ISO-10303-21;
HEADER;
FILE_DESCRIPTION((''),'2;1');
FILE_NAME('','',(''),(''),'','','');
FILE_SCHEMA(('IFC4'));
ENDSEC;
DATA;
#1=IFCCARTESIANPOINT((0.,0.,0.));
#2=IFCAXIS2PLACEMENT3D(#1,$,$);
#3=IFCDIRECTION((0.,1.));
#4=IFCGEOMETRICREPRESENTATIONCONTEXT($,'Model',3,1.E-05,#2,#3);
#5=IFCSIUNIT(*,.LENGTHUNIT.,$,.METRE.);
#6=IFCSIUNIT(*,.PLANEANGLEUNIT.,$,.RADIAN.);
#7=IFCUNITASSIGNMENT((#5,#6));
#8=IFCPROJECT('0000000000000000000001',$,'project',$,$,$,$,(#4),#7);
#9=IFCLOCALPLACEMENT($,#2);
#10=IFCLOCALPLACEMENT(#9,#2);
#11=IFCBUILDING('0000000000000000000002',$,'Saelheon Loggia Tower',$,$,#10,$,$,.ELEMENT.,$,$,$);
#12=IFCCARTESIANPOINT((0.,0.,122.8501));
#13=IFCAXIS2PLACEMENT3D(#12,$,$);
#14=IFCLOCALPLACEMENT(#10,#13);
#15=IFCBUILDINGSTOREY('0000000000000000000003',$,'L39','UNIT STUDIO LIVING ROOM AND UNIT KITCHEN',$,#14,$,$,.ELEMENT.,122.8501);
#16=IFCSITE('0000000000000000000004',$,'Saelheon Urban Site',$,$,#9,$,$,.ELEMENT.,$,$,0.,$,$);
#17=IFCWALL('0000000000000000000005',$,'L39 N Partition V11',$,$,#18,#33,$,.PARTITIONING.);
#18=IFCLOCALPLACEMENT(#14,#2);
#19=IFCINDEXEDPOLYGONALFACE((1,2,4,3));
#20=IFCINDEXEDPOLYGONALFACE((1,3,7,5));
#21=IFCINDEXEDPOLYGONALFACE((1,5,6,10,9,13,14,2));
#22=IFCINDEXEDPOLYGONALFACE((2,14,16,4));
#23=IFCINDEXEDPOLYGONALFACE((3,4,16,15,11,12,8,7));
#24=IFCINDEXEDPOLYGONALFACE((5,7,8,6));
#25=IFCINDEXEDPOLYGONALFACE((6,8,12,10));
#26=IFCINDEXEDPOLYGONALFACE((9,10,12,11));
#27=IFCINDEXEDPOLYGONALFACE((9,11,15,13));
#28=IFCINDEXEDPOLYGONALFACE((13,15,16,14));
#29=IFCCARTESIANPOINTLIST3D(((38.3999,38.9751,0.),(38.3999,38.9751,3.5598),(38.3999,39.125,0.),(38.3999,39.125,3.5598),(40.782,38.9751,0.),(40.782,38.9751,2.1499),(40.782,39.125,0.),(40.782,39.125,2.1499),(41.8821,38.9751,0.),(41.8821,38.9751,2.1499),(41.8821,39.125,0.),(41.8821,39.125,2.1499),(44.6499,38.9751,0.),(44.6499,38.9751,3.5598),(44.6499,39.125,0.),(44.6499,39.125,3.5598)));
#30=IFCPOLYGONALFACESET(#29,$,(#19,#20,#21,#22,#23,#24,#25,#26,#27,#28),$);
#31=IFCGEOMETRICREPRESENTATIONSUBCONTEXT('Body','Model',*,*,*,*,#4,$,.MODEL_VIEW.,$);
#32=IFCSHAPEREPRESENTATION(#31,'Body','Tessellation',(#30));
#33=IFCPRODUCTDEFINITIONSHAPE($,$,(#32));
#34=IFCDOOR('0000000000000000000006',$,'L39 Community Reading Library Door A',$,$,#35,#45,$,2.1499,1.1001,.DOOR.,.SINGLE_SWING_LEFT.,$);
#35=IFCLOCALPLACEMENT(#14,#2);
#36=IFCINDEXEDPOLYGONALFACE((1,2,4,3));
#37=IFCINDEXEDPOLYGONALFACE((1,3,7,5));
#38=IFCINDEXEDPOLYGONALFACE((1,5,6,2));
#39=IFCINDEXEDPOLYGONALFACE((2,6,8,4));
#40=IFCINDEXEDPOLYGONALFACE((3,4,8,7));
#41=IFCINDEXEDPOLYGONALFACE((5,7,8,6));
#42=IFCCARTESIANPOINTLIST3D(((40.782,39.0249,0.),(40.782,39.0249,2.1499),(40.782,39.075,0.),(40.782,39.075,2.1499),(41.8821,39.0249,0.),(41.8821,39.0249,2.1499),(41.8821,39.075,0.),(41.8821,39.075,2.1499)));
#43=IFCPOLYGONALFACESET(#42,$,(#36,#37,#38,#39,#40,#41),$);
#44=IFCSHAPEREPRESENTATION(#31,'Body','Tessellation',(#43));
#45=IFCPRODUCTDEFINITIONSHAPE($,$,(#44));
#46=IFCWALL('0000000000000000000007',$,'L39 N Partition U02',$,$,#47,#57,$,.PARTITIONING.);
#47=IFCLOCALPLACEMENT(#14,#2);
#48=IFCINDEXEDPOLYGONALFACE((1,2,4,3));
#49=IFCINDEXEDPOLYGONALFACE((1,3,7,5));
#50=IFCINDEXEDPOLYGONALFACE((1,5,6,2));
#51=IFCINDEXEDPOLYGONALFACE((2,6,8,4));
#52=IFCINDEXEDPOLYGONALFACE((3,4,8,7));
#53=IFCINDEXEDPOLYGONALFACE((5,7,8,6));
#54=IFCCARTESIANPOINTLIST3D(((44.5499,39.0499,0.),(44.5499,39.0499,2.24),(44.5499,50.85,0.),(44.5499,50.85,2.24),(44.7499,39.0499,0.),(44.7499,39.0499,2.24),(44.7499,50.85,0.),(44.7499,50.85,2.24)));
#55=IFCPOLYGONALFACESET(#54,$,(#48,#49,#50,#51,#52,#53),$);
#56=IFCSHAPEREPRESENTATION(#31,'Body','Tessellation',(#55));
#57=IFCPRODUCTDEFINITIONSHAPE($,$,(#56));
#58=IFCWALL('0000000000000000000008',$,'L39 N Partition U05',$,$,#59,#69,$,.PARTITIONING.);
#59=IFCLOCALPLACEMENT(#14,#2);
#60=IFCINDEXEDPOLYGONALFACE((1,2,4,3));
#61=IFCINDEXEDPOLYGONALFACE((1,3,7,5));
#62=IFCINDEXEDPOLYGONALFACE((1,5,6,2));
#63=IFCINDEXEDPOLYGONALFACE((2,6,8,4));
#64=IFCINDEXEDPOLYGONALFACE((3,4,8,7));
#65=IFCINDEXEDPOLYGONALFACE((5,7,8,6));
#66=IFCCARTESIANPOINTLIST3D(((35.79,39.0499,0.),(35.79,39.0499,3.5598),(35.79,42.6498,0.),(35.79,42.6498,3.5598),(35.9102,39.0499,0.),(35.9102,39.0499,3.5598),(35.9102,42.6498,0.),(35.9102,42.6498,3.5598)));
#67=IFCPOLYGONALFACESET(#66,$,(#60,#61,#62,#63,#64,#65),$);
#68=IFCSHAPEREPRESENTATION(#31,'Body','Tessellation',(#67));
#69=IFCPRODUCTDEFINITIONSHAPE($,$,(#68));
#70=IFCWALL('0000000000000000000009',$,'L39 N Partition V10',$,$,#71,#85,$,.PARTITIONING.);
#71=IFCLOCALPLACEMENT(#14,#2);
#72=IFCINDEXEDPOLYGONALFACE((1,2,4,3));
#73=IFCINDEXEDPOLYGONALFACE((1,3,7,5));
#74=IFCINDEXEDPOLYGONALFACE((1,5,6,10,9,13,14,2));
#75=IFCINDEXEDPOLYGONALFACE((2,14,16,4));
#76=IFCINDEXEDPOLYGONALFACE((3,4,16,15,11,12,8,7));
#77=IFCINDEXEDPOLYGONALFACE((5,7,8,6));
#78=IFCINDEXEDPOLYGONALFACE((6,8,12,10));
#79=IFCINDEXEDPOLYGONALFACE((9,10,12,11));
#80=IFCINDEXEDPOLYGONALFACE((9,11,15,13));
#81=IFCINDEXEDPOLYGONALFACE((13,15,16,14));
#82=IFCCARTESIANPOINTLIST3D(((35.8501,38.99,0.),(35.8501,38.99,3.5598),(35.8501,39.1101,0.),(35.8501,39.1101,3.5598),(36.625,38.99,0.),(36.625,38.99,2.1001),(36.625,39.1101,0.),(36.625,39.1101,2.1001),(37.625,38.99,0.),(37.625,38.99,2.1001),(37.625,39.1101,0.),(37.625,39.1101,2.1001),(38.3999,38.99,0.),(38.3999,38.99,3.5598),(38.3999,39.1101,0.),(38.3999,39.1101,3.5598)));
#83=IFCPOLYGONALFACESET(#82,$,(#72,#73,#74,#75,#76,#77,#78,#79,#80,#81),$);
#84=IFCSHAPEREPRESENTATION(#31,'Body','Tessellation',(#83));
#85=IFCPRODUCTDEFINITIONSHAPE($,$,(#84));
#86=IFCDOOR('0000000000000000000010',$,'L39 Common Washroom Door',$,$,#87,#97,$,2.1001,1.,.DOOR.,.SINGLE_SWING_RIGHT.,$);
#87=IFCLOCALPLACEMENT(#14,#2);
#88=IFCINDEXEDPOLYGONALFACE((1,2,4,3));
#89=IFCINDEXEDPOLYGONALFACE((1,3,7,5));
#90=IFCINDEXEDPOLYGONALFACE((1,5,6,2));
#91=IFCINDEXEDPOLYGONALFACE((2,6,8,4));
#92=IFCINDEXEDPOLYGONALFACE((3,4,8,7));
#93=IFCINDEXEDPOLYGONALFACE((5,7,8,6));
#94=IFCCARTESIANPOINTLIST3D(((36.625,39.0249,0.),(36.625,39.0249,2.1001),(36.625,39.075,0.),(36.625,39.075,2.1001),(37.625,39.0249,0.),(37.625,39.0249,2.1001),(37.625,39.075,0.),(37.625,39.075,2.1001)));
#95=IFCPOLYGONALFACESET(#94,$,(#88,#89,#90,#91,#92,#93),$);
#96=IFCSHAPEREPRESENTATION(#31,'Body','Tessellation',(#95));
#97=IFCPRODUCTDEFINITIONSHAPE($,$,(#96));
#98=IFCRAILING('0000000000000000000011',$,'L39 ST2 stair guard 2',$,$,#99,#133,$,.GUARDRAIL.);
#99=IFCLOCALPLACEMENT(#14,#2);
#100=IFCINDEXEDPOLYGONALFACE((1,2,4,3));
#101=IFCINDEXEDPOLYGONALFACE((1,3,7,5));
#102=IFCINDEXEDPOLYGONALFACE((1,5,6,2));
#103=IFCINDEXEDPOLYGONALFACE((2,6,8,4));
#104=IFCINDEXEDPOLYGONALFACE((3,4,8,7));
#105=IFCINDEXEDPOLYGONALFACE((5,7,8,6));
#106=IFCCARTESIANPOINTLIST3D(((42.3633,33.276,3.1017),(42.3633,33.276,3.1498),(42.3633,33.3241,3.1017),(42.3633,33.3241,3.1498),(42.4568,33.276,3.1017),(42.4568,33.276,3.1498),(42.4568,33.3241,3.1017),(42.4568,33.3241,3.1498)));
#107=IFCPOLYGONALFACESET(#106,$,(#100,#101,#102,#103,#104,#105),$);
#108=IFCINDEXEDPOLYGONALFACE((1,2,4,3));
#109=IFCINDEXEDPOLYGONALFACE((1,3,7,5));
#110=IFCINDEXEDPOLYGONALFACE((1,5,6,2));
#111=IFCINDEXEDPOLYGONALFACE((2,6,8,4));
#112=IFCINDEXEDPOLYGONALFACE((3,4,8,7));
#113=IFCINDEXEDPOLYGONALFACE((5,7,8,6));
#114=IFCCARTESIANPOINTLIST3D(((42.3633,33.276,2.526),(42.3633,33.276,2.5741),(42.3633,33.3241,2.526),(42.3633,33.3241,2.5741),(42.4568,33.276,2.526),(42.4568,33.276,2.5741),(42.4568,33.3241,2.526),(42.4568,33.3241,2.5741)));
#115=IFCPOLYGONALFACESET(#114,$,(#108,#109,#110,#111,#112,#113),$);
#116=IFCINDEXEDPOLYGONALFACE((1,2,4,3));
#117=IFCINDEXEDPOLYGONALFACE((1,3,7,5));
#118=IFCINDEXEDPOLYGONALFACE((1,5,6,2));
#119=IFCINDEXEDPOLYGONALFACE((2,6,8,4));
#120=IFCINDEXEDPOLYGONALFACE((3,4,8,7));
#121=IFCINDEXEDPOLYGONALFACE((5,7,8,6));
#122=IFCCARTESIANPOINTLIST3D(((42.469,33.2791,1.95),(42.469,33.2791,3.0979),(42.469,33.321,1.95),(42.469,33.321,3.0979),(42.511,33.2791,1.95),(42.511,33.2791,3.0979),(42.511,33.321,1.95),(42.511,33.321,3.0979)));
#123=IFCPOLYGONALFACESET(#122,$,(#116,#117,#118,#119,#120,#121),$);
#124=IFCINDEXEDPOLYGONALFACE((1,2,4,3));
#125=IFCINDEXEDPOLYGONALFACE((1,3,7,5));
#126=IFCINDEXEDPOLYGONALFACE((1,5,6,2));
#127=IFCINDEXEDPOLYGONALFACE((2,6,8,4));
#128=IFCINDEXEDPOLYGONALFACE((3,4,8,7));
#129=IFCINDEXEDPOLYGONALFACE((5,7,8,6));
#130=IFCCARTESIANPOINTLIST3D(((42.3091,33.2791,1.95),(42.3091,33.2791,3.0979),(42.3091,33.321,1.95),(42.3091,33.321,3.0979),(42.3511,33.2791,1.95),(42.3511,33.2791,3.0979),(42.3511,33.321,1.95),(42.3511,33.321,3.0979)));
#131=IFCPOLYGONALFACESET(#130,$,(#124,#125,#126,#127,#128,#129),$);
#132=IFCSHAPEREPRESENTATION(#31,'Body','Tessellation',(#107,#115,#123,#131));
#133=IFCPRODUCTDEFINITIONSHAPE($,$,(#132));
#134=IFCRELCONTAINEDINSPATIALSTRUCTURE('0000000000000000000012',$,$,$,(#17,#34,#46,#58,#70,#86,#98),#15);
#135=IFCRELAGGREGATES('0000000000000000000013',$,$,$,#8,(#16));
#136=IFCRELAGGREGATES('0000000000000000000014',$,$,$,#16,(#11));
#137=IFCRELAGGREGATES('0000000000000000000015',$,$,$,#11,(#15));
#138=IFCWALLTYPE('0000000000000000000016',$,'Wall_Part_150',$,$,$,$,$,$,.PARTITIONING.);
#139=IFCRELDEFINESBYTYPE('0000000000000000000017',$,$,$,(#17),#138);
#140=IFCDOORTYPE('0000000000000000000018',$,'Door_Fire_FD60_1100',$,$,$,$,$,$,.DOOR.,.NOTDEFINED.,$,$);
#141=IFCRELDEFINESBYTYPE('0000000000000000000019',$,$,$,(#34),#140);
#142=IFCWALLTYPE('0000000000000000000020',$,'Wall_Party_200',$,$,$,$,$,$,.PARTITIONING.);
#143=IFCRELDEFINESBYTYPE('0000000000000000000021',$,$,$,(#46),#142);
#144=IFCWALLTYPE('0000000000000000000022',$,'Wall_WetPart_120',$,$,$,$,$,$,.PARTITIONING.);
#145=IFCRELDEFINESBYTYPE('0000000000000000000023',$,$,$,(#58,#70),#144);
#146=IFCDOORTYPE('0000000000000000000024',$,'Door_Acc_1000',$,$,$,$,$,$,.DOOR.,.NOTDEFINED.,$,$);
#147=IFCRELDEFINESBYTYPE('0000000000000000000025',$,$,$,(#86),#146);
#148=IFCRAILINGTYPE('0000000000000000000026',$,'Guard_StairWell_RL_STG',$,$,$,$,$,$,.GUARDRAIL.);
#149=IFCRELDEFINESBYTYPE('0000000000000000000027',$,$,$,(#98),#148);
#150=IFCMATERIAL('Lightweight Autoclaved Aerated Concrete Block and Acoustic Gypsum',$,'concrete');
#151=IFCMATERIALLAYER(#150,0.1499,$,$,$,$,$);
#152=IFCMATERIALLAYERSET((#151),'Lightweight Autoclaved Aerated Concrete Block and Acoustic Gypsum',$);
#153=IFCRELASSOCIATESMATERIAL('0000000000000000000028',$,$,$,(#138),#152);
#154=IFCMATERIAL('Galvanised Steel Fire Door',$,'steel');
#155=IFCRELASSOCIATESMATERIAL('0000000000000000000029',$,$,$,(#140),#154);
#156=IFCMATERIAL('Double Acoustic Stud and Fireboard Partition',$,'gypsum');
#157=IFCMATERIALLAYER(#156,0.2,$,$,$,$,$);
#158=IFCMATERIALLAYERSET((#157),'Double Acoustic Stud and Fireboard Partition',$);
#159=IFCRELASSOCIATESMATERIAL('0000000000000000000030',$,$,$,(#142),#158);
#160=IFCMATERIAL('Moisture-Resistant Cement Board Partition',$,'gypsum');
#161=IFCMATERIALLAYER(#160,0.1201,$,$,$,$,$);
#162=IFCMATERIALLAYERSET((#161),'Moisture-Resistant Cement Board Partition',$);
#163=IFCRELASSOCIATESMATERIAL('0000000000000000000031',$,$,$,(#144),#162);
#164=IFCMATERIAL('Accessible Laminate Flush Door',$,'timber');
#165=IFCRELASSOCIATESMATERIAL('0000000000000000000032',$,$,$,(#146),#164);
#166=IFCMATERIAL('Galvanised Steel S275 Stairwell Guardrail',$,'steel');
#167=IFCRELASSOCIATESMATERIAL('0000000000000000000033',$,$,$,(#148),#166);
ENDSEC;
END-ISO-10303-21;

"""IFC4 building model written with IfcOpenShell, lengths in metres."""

from ifc_helpers import new_model, si_unit, direction, frame, frame_2d, origin, origin_2d, place, context, subcontext, project, spatial, rectangle, extrude, source, transform, mapped, material, layer, layer_set, type_object, element, fill, save


model = new_model("IFC4")

# Units and contexts
model_context = context("Model", 3, precision=1e-05, world=origin(), true_north=direction((0.0, 1.0)))
body_context = subcontext(model_context, "Body", "Model", "MODEL_VIEW")
ifc_project = project(units=[si_unit("LENGTHUNIT", "METRE"), si_unit("PLANEANGLEUNIT", "RADIAN")], contexts=[model_context])

# Site, building, storey
site_placement = place(None, origin())
site = spatial("IfcSite", under=ifc_project, at=site_placement, Name="Saelheon Urban Site", CompositionType="ELEMENT", RefElevation=0.0)
building_placement = place(site_placement, origin())
building = spatial("IfcBuilding", under=site, at=building_placement, Name="Saelheon Loggia Tower", CompositionType="ELEMENT")
storey_placement = place(building_placement, frame((0.0, 0.0, 122.8501)))
storey = spatial("IfcBuildingStorey", under=building, at=storey_placement, Name="L39", Description="UNIT STUDIO LIVING ROOM AND UNIT KITCHEN", CompositionType="ELEMENT", Elevation=122.8501)

# Shared definitions
ifc_material_1 = material(Name="Lightweight Autoclaved Aerated Concrete Block and Acoustic Gypsum", Category="concrete")
ifc_layer_1 = layer(ifc_material_1, 0.1499)
ifc_layer_set_1 = layer_set([ifc_layer_1], Name="Lightweight Autoclaved Aerated Concrete Block and Acoustic Gypsum")
wall_type_1 = type_object("IfcWallType", Name="Wall_Part_150", PredefinedType="PARTITIONING", material=ifc_layer_set_1)

# Wall, opening, door
wall_1_placement = place(storey_placement, frame((38.3999, 39.05, 0.0), z_axis=(0.0, 0.0, 1.0), x_axis=(1.0, 0.0, 0.0)))
wall_1 = element("IfcWall", 1, at=wall_1_placement, inside=storey, type_object=wall_type_1, Name="L39 N Partition V11", PredefinedType="PARTITIONING", context=body_context, shape_type="SweptSolid", body=[
    extrude(rectangle(XDim=6.25, YDim=0.1499, at=frame_2d((3.125, 0.0))), origin(), (0.0, 0.0, 1.0), 3.5598),
])
opening_1_placement = place(wall_1_placement, frame((2.3821, 0.0, 0.0)))
opening_1 = element("IfcOpeningElement", 2, at=opening_1_placement, cuts=wall_1, PredefinedType="OPENING", context=body_context, shape_type="SweptSolid", body=[
    extrude(rectangle(XDim=1.1001, YDim=2.1499, at=frame_2d((0.55, 1.075))), frame((0.0, 0.0869, 0.0), z_axis=(0.0, -1.0, 0.0), x_axis=(1.0, 0.0, 0.0)), (0.0, 0.0, 1.0), 0.1738),
])
ifc_material_2 = material(Name="Galvanised Steel Fire Door", Category="steel")
door_type_1 = type_object("IfcDoorType", Name="Door_Fire_FD60_1100", OperationType="NOTDEFINED", PredefinedType="DOOR", material=ifc_material_2)
shared_shape_1 = source(origin(), body_context, "Body", "SweptSolid", [
    extrude(rectangle(XDim=1.1001, YDim=2.1499, at=frame_2d((0.55, 1.075))), frame((0.0, 0.0249, 0.0), z_axis=(0.0, -1.0, 0.0), x_axis=(1.0, 0.0, 0.0)), (0.0, 0.0, 1.0), 0.05),
])
door_1_placement = place(opening_1_placement, origin())
door_1 = element("IfcDoor", 3, at=door_1_placement, inside=storey, type_object=door_type_1, Name="L39 Community Reading Library Door A", OperationType="SINGLE_SWING_LEFT", OverallHeight=2.1499, OverallWidth=1.1001, PredefinedType="DOOR", context=body_context, shape_type="MappedRepresentation", body=[
    mapped(shared_shape_1, transform((0.0, 0.0, 0.0), scale=1.0)),
])
fill(opening_1, door_1)

# Walls
ifc_material_3 = material(Name="Double Acoustic Stud and Fireboard Partition", Category="gypsum")
ifc_layer_2 = layer(ifc_material_3, 0.2)
ifc_layer_set_2 = layer_set([ifc_layer_2], Name="Double Acoustic Stud and Fireboard Partition")
wall_type_2 = type_object("IfcWallType", Name="Wall_Party_200", PredefinedType="PARTITIONING", material=ifc_layer_set_2)
wall_2_placement = place(storey_placement, frame((44.6499, 39.05, 0.0), z_axis=(0.0, 0.0, 1.0), x_axis=(0.0, 1.0, 0.0)))
element("IfcWall", 4, at=wall_2_placement, inside=storey, type_object=wall_type_2, Name="L39 N Partition U02", PredefinedType="PARTITIONING", context=body_context, shape_type="SweptSolid", body=[
    extrude(rectangle(XDim=11.8, YDim=0.2, at=frame_2d((5.8999, 0.0))), origin(), (0.0, 0.0, 1.0), 2.24),
])
ifc_material_4 = material(Name="Moisture-Resistant Cement Board Partition", Category="gypsum")
ifc_layer_3 = layer(ifc_material_4, 0.1201)
ifc_layer_set_3 = layer_set([ifc_layer_3], Name="Moisture-Resistant Cement Board Partition")
wall_type_3 = type_object("IfcWallType", Name="Wall_WetPart_120", PredefinedType="PARTITIONING", material=ifc_layer_set_3)
wall_3_placement = place(storey_placement, frame((35.8501, 39.05, 0.0), z_axis=(0.0, 0.0, 1.0), x_axis=(0.0, 1.0, 0.0)))
element("IfcWall", 5, at=wall_3_placement, inside=storey, type_object=wall_type_3, Name="L39 N Partition U05", PredefinedType="PARTITIONING", context=body_context, shape_type="SweptSolid", body=[
    extrude(rectangle(XDim=3.5999, YDim=0.1201, at=frame_2d((1.7998, 0.0))), origin(), (0.0, 0.0, 1.0), 3.5598),
])

# Wall, opening, door
wall_4_placement = place(storey_placement, frame((35.8501, 39.05, 0.0), z_axis=(0.0, 0.0, 1.0), x_axis=(1.0, 0.0, 0.0)))
wall_4 = element("IfcWall", 6, at=wall_4_placement, inside=storey, type_object=wall_type_3, Name="L39 N Partition V10", PredefinedType="PARTITIONING", context=body_context, shape_type="SweptSolid", body=[
    extrude(rectangle(XDim=2.5498, YDim=0.1201, at=frame_2d((1.2749, 0.0))), origin(), (0.0, 0.0, 1.0), 3.5598),
])
opening_2_placement = place(wall_4_placement, frame((0.7749, 0.0, 0.0)))
opening_2 = element("IfcOpeningElement", 7, at=opening_2_placement, cuts=wall_4, PredefinedType="OPENING", context=body_context, shape_type="SweptSolid", body=[
    extrude(rectangle(XDim=1.0, YDim=2.1001, at=frame_2d((0.5, 1.05))), frame((0.0, 0.072, 0.0), z_axis=(0.0, -1.0, 0.0), x_axis=(1.0, 0.0, 0.0)), (0.0, 0.0, 1.0), 0.144),
])
ifc_material_5 = material(Name="Accessible Laminate Flush Door", Category="timber")
door_type_2 = type_object("IfcDoorType", Name="Door_Acc_1000", OperationType="NOTDEFINED", PredefinedType="DOOR", material=ifc_material_5)
shared_shape_2 = source(origin(), body_context, "Body", "SweptSolid", [
    extrude(rectangle(XDim=1.0, YDim=2.1001, at=frame_2d((0.5, 1.05))), frame((0.0, 0.0249, 0.0), z_axis=(0.0, -1.0, 0.0), x_axis=(1.0, 0.0, 0.0)), (0.0, 0.0, 1.0), 0.05),
])
door_2_placement = place(opening_2_placement, origin())
door_2 = element("IfcDoor", 8, at=door_2_placement, inside=storey, type_object=door_type_2, Name="L39 Common Washroom Door", OperationType="SINGLE_SWING_RIGHT", OverallHeight=2.1001, OverallWidth=1.0, PredefinedType="DOOR", context=body_context, shape_type="MappedRepresentation", body=[
    mapped(shared_shape_2, transform((0.0, 0.0, 0.0), scale=1.0)),
])
fill(opening_2, door_2)

# Railing
ifc_material_6 = material(Name="Galvanised Steel S275 Stairwell Guardrail", Category="steel")
railing_type_1 = type_object("IfcRailingType", Name="Guard_StairWell_RL_STG", PredefinedType="GUARDRAIL", material=ifc_material_6)
railing_1_placement = place(storey_placement, frame((42.49, 33.3, 1.95)))
element("IfcRailing", 9, at=railing_1_placement, inside=storey, type_object=railing_type_1, Name="L39 ST2 stair guard 2", PredefinedType="GUARDRAIL", context=body_context, shape_type="SweptSolid", body=[
    extrude(rectangle(XDim=0.0481, YDim=0.0481, at=origin_2d()), frame((-0.0332, 0.0, 1.1758), z_axis=(-1.0, 0.0, 0.0), x_axis=(0.0, -1.0, 0.0)), (0.0, 0.0, 1.0), 0.0935),
    extrude(rectangle(XDim=0.0481, YDim=0.0481, at=origin_2d()), frame((-0.0332, 0.0, 0.6001), z_axis=(-1.0, 0.0, 0.0), x_axis=(0.0, -1.0, 0.0)), (0.0, 0.0, 1.0), 0.0935),
    extrude(rectangle(XDim=0.042, YDim=0.042, at=origin_2d()), origin(), (0.0, 0.0, 1.0), 1.1479),
    extrude(rectangle(XDim=0.042, YDim=0.042, at=origin_2d()), frame((-0.1599, 0.0, 0.0)), (0.0, 0.0, 1.0), 1.1479),
])

save(model, "model.ifc")
